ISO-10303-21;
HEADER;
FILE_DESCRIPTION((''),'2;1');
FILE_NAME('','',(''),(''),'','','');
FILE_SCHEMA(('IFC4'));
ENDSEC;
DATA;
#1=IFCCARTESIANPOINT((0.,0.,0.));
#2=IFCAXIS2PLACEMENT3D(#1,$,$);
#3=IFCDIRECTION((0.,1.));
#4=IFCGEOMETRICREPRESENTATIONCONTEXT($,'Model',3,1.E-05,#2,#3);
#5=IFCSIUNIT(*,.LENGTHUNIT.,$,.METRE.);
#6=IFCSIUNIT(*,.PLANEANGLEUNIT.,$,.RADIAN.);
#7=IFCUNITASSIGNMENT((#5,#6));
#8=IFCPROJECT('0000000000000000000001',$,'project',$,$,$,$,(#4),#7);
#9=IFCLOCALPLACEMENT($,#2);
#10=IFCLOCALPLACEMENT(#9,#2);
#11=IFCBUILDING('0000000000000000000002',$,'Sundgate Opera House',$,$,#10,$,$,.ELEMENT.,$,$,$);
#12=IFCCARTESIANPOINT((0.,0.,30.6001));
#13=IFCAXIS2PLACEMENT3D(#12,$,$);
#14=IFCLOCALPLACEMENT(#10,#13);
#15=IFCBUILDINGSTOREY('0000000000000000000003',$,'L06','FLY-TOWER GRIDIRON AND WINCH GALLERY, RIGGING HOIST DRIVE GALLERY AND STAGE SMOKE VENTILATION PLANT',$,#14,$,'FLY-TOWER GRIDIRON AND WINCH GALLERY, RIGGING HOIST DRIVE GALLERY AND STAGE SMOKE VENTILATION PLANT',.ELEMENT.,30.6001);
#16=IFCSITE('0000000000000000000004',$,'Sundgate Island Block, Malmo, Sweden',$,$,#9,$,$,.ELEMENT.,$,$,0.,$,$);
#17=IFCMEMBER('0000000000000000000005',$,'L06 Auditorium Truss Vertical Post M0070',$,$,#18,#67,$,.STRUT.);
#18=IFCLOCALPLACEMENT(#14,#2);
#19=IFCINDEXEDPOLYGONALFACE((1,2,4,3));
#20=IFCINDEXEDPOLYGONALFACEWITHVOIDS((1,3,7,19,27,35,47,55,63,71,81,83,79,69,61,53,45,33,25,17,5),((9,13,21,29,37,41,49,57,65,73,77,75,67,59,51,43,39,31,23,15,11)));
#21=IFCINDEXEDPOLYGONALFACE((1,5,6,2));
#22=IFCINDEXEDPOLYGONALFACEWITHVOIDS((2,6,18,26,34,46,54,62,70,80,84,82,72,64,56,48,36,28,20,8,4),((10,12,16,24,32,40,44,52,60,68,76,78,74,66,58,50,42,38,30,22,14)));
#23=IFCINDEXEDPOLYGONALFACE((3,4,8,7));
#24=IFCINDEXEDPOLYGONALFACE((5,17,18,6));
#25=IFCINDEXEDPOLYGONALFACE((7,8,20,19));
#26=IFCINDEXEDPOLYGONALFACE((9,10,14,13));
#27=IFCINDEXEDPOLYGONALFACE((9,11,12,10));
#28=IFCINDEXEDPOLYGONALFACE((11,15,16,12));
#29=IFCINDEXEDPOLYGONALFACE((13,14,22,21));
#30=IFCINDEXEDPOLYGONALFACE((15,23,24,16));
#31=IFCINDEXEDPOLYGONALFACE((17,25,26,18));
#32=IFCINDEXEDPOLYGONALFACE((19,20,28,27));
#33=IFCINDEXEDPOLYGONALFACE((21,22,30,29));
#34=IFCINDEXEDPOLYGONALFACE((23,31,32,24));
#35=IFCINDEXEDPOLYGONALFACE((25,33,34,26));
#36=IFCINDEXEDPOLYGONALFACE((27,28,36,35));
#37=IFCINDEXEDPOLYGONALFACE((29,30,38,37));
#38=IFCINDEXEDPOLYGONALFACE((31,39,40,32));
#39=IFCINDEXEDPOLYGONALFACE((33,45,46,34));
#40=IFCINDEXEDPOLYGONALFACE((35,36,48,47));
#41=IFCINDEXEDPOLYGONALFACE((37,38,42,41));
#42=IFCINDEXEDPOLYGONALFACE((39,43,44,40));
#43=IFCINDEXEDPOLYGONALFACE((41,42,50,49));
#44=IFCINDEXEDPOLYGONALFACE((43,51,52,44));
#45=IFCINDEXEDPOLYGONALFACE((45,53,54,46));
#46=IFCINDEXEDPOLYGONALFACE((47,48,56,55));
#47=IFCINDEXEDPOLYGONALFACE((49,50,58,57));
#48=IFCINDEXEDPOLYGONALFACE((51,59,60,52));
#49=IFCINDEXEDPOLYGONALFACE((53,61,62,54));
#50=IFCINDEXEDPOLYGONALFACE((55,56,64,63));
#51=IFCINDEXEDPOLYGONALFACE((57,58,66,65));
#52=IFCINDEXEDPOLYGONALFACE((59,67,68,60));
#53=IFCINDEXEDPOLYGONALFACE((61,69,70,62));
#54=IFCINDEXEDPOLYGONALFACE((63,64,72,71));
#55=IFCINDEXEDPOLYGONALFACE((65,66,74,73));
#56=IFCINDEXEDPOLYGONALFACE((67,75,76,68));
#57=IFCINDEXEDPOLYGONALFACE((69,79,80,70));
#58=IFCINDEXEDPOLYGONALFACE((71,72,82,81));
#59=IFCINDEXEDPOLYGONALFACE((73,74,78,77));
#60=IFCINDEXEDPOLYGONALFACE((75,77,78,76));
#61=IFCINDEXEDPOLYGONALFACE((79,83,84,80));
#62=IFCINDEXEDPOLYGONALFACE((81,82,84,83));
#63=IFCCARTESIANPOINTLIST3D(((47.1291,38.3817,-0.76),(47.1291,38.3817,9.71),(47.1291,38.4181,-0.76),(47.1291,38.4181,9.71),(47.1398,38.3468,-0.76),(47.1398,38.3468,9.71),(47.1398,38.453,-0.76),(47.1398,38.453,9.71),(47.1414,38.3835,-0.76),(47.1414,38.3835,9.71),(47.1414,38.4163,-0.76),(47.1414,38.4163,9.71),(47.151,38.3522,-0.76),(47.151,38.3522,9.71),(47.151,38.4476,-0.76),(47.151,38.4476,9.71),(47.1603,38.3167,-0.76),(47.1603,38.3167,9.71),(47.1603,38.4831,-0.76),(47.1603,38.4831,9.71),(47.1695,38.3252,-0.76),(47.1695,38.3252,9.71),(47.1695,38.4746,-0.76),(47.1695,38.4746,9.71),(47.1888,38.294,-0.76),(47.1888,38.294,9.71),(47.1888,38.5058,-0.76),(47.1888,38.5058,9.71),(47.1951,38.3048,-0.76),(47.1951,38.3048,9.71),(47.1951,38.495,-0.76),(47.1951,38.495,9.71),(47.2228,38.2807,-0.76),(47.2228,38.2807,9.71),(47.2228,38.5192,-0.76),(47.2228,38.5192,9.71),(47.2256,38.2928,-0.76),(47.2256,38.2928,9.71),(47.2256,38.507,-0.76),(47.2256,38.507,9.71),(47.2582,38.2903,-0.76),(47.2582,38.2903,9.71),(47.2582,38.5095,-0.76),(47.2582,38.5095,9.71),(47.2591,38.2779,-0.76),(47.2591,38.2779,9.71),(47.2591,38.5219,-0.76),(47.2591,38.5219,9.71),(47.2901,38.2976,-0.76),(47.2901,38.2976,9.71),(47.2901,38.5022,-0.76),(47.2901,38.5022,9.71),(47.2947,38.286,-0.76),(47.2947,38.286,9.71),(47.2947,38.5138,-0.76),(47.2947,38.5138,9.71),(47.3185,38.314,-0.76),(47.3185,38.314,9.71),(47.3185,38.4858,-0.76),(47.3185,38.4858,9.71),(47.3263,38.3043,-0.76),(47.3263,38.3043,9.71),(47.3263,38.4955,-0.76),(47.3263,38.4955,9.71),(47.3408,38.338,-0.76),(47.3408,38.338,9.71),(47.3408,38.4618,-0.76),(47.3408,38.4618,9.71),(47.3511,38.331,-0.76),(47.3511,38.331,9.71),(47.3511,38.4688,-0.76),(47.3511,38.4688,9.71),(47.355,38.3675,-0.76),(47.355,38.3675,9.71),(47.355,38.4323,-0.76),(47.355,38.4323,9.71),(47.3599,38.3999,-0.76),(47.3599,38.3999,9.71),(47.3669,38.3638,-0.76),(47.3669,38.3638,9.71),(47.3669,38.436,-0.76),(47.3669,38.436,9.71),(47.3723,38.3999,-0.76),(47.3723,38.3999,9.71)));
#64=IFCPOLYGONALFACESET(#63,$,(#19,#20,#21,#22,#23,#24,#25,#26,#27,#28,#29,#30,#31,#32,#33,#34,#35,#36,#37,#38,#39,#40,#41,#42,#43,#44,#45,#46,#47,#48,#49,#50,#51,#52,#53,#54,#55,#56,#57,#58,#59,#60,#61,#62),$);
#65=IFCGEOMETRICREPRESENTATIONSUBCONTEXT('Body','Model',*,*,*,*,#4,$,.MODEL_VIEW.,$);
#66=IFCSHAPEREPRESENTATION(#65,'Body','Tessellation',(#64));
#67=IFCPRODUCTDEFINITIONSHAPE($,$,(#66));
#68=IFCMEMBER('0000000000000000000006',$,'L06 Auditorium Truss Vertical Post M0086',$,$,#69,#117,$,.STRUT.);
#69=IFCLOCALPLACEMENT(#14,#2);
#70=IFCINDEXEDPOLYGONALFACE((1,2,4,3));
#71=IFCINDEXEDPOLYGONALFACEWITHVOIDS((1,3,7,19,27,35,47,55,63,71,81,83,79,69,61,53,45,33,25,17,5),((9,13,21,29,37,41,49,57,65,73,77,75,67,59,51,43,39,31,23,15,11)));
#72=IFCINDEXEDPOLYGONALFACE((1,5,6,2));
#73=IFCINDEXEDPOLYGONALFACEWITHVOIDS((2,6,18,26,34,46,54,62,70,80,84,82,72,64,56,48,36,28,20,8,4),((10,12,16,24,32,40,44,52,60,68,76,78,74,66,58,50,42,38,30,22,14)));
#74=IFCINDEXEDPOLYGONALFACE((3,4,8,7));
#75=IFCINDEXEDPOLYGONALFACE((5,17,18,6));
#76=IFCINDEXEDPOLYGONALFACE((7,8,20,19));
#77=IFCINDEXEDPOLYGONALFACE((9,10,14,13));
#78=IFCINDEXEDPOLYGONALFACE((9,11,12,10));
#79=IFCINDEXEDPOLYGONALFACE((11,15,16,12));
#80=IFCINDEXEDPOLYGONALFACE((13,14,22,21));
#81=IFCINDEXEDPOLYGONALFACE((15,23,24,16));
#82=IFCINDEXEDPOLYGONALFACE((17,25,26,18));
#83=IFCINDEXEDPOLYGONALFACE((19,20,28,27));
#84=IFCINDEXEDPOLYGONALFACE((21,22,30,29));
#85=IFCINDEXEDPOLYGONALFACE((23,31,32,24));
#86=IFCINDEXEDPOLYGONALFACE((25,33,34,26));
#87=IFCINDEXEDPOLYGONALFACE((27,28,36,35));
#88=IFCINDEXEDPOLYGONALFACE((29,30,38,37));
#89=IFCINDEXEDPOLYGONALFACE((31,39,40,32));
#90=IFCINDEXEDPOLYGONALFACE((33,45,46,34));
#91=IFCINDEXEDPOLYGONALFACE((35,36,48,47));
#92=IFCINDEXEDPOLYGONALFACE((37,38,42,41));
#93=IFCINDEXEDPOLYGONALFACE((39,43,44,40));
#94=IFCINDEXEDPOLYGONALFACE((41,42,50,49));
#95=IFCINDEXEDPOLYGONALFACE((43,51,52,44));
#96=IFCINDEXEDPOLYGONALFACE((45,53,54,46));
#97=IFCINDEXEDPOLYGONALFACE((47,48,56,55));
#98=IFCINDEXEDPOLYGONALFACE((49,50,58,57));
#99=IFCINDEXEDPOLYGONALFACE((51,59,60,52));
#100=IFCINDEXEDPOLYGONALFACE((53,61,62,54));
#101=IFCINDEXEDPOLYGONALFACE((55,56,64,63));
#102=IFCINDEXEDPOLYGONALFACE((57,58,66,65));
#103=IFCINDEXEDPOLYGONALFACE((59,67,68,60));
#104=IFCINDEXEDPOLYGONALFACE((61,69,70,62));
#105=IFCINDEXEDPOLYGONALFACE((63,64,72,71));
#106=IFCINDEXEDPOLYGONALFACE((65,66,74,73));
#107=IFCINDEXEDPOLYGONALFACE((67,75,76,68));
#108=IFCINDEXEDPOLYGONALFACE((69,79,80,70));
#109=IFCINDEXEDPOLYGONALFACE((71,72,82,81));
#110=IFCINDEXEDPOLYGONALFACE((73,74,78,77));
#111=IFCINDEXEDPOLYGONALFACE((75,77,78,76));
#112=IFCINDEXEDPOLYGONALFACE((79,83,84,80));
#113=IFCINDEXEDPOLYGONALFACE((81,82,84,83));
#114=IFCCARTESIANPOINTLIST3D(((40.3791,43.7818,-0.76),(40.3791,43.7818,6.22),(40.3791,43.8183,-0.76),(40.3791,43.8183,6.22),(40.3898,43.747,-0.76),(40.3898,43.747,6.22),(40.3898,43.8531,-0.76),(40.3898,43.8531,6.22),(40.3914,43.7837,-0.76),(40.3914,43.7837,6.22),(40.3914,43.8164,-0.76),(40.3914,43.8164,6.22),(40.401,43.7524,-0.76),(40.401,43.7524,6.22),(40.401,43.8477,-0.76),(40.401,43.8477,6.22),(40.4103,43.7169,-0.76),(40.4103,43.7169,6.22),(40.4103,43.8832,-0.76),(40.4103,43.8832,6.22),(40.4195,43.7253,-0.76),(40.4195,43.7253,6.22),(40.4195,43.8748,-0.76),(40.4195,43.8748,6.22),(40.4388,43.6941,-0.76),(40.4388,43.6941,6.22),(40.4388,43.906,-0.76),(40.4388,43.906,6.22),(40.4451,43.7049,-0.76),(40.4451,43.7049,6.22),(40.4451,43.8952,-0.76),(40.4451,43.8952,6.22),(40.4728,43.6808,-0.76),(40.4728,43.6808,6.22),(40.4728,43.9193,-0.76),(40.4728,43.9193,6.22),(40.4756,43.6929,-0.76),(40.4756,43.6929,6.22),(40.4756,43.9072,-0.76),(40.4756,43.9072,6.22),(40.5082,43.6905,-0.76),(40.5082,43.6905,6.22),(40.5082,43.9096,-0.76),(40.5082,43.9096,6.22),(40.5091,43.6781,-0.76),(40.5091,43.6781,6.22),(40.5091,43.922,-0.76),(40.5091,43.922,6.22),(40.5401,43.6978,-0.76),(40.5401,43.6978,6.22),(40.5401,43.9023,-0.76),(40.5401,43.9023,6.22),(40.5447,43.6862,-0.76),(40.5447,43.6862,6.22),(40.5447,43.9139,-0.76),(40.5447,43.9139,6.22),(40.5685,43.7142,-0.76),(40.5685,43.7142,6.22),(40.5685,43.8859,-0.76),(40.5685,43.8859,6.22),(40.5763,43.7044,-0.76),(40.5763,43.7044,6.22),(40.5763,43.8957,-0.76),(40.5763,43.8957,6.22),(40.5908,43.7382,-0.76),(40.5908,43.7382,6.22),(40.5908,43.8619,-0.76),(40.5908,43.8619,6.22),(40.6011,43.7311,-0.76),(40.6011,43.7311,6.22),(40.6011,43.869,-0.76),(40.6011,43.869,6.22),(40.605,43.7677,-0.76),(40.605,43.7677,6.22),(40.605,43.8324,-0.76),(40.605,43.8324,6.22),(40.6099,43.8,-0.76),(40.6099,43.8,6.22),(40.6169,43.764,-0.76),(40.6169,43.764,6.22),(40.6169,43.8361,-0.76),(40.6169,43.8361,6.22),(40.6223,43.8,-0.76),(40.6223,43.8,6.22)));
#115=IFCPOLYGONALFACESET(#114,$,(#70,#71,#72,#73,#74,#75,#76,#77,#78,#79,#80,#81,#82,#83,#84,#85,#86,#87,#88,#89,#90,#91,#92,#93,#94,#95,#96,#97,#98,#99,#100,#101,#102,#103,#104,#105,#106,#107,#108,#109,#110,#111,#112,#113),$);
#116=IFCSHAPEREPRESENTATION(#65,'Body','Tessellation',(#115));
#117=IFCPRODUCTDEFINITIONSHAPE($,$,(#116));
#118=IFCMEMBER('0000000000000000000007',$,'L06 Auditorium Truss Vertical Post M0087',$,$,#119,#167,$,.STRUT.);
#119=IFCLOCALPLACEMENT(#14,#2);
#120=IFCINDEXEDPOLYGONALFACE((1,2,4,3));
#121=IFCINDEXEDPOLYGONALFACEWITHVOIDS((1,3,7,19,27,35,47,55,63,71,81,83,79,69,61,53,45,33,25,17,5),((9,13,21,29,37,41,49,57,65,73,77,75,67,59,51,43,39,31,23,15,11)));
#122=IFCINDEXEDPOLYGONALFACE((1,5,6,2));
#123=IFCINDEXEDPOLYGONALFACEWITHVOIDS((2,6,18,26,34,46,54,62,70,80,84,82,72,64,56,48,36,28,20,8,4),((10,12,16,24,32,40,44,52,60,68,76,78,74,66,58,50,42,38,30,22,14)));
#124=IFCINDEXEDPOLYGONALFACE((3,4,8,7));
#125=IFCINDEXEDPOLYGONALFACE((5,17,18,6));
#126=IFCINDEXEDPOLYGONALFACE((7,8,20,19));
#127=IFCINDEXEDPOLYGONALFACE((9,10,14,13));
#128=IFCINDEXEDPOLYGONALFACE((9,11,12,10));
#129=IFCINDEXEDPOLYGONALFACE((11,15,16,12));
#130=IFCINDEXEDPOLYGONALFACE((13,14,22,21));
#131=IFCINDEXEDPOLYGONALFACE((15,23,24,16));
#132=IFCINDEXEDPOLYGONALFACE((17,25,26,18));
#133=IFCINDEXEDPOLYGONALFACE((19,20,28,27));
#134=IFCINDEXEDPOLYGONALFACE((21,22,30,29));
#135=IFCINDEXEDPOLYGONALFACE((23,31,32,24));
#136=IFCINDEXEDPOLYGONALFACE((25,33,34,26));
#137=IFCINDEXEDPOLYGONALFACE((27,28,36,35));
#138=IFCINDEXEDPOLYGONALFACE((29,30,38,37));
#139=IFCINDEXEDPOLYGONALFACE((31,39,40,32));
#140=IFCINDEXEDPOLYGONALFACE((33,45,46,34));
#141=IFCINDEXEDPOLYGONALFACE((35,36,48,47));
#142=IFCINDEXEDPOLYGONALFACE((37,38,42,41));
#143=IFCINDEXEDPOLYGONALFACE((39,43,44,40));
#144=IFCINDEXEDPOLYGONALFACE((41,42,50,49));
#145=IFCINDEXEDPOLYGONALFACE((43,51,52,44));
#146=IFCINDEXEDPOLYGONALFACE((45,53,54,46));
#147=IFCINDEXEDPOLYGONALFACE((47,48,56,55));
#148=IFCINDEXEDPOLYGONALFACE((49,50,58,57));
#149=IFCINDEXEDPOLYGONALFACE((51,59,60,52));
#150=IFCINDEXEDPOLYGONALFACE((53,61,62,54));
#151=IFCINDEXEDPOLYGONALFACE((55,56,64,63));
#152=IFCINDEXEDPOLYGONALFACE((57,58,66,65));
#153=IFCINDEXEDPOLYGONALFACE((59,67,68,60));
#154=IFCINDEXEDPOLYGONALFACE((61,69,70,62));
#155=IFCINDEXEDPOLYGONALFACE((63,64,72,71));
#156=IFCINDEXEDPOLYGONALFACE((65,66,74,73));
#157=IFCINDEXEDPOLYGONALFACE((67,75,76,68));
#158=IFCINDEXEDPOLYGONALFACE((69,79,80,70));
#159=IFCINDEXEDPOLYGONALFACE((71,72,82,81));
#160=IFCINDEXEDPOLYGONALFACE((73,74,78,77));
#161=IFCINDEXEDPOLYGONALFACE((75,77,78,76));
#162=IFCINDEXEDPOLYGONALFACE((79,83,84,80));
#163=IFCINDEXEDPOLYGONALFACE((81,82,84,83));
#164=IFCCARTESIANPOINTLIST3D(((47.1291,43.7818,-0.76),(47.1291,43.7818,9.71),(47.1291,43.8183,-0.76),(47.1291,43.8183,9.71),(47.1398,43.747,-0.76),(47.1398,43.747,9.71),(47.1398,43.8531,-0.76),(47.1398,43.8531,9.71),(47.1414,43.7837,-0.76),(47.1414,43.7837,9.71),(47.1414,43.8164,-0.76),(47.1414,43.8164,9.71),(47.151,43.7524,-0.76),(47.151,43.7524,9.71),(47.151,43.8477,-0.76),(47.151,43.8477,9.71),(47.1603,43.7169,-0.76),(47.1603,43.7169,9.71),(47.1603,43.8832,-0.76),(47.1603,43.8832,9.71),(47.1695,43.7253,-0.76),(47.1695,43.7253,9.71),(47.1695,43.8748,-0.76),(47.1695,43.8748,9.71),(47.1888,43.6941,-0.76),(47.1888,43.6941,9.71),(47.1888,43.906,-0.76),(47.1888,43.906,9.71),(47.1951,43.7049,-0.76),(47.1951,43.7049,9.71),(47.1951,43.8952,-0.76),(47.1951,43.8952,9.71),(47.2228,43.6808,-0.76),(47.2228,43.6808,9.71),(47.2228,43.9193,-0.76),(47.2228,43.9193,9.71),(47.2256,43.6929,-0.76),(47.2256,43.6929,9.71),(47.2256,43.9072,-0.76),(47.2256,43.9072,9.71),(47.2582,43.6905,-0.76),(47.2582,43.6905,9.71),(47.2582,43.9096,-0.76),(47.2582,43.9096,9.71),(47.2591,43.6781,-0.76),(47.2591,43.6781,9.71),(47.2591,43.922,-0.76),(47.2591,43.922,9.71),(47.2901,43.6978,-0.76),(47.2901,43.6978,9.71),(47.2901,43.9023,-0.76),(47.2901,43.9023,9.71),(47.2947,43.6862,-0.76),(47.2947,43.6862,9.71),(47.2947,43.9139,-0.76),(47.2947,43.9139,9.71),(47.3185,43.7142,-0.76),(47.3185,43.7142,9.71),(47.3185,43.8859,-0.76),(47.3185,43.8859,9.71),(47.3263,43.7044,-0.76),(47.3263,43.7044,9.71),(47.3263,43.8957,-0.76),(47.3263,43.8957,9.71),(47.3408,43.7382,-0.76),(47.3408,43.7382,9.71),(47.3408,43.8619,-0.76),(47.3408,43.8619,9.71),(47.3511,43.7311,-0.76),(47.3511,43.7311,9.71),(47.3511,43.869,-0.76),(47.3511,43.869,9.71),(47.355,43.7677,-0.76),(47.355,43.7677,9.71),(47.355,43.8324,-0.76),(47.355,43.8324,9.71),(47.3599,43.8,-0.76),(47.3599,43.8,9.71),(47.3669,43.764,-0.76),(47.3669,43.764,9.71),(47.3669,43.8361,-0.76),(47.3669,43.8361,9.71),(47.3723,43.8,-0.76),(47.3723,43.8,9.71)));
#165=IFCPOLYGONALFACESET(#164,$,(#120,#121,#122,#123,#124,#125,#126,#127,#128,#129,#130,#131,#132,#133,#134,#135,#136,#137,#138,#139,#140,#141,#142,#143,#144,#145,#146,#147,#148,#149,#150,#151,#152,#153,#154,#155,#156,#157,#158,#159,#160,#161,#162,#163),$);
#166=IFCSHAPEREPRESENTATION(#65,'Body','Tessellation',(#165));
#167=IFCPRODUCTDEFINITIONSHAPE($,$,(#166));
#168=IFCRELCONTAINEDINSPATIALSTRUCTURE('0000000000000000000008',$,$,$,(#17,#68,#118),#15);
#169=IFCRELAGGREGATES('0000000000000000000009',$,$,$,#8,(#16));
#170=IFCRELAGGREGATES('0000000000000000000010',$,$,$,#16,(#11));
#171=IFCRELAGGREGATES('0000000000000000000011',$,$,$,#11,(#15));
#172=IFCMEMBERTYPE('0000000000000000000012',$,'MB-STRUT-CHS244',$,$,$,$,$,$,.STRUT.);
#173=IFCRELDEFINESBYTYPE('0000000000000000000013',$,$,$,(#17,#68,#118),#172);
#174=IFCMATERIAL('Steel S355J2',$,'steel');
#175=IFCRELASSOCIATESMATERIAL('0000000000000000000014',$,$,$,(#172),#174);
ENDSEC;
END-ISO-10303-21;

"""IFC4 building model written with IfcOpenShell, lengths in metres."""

from ifc_helpers import new_model, si_unit, direction, frame, origin, origin_2d, place, context, subcontext, project, spatial, hollow_circle, extrude, material, material_profile, profile_set, type_object, element, save


model = new_model("IFC4")

# Units and contexts
model_context = context("Model", 3, precision=1e-05, world=origin(), true_north=direction((0.0, 1.0)))
body_context = subcontext(model_context, "Body", "Model", "MODEL_VIEW")
ifc_project = project(units=[si_unit("LENGTHUNIT", "METRE"), si_unit("PLANEANGLEUNIT", "RADIAN")], contexts=[model_context])

# Site, building, storey
site_placement = place(None, origin())
site = spatial("IfcSite", under=ifc_project, at=site_placement, Name="Sundgate Island Block, Malmo, Sweden", CompositionType="ELEMENT", RefElevation=0.0)
building_placement = place(site_placement, origin())
building = spatial("IfcBuilding", under=site, at=building_placement, Name="Sundgate Opera House", CompositionType="ELEMENT")
storey_placement = place(building_placement, frame((0.0, 0.0, 30.6001)))
storey = spatial("IfcBuildingStorey", under=building, at=storey_placement, Name="L06", Description="FLY-TOWER GRIDIRON AND WINCH GALLERY, RIGGING HOIST DRIVE GALLERY AND STAGE SMOKE VENTILATION PLANT", LongName="FLY-TOWER GRIDIRON AND WINCH GALLERY, RIGGING HOIST DRIVE GALLERY AND STAGE SMOKE VENTILATION PLANT", CompositionType="ELEMENT", Elevation=30.6001)

# Members
ifc_material_1 = material(Name="Steel S355J2", Category="steel")
ifc_material_profile_1 = material_profile(ifc_material_1, hollow_circle(Radius=0.1223, WallThickness=0.0125, at=origin_2d()), Name="CHS 244.5x12.5")
ifc_profile_set_1 = profile_set([ifc_material_profile_1], Name="Steel S355J2")
member_type_1 = type_object("IfcMemberType", Name="MB-STRUT-CHS244", PredefinedType="STRUT", material=ifc_profile_set_1)
member_1_placement = place(storey_placement, frame((47.25, 38.3999, -0.76), z_axis=(0.0, 0.0, 1.0), x_axis=(1.0, 0.0, 0.0)))
element("IfcMember", 1, at=member_1_placement, inside=storey, type_object=member_type_1, Name="L06 Auditorium Truss Vertical Post M0070", PredefinedType="STRUT", context=body_context, shape_type="SweptSolid", body=[
    extrude(hollow_circle(Radius=0.1223, WallThickness=0.0125, at=origin_2d()), origin(), (0.0, 0.0, 1.0), 10.47),
])
member_2_placement = place(storey_placement, frame((40.5, 43.8, -0.76), z_axis=(0.0, 0.0, 1.0), x_axis=(1.0, 0.0, 0.0)))
element("IfcMember", 2, at=member_2_placement, inside=storey, type_object=member_type_1, Name="L06 Auditorium Truss Vertical Post M0086", PredefinedType="STRUT", context=body_context, shape_type="SweptSolid", body=[
    extrude(hollow_circle(Radius=0.1223, WallThickness=0.0125, at=origin_2d()), origin(), (0.0, 0.0, 1.0), 6.98),
])
member_3_placement = place(storey_placement, frame((47.25, 43.8, -0.76), z_axis=(0.0, 0.0, 1.0), x_axis=(1.0, 0.0, 0.0)))
element("IfcMember", 3, at=member_3_placement, inside=storey, type_object=member_type_1, Name="L06 Auditorium Truss Vertical Post M0087", PredefinedType="STRUT", context=body_context, shape_type="SweptSolid", body=[
    extrude(hollow_circle(Radius=0.1223, WallThickness=0.0125, at=origin_2d()), origin(), (0.0, 0.0, 1.0), 10.47),
])

save(model, "model.ifc")
